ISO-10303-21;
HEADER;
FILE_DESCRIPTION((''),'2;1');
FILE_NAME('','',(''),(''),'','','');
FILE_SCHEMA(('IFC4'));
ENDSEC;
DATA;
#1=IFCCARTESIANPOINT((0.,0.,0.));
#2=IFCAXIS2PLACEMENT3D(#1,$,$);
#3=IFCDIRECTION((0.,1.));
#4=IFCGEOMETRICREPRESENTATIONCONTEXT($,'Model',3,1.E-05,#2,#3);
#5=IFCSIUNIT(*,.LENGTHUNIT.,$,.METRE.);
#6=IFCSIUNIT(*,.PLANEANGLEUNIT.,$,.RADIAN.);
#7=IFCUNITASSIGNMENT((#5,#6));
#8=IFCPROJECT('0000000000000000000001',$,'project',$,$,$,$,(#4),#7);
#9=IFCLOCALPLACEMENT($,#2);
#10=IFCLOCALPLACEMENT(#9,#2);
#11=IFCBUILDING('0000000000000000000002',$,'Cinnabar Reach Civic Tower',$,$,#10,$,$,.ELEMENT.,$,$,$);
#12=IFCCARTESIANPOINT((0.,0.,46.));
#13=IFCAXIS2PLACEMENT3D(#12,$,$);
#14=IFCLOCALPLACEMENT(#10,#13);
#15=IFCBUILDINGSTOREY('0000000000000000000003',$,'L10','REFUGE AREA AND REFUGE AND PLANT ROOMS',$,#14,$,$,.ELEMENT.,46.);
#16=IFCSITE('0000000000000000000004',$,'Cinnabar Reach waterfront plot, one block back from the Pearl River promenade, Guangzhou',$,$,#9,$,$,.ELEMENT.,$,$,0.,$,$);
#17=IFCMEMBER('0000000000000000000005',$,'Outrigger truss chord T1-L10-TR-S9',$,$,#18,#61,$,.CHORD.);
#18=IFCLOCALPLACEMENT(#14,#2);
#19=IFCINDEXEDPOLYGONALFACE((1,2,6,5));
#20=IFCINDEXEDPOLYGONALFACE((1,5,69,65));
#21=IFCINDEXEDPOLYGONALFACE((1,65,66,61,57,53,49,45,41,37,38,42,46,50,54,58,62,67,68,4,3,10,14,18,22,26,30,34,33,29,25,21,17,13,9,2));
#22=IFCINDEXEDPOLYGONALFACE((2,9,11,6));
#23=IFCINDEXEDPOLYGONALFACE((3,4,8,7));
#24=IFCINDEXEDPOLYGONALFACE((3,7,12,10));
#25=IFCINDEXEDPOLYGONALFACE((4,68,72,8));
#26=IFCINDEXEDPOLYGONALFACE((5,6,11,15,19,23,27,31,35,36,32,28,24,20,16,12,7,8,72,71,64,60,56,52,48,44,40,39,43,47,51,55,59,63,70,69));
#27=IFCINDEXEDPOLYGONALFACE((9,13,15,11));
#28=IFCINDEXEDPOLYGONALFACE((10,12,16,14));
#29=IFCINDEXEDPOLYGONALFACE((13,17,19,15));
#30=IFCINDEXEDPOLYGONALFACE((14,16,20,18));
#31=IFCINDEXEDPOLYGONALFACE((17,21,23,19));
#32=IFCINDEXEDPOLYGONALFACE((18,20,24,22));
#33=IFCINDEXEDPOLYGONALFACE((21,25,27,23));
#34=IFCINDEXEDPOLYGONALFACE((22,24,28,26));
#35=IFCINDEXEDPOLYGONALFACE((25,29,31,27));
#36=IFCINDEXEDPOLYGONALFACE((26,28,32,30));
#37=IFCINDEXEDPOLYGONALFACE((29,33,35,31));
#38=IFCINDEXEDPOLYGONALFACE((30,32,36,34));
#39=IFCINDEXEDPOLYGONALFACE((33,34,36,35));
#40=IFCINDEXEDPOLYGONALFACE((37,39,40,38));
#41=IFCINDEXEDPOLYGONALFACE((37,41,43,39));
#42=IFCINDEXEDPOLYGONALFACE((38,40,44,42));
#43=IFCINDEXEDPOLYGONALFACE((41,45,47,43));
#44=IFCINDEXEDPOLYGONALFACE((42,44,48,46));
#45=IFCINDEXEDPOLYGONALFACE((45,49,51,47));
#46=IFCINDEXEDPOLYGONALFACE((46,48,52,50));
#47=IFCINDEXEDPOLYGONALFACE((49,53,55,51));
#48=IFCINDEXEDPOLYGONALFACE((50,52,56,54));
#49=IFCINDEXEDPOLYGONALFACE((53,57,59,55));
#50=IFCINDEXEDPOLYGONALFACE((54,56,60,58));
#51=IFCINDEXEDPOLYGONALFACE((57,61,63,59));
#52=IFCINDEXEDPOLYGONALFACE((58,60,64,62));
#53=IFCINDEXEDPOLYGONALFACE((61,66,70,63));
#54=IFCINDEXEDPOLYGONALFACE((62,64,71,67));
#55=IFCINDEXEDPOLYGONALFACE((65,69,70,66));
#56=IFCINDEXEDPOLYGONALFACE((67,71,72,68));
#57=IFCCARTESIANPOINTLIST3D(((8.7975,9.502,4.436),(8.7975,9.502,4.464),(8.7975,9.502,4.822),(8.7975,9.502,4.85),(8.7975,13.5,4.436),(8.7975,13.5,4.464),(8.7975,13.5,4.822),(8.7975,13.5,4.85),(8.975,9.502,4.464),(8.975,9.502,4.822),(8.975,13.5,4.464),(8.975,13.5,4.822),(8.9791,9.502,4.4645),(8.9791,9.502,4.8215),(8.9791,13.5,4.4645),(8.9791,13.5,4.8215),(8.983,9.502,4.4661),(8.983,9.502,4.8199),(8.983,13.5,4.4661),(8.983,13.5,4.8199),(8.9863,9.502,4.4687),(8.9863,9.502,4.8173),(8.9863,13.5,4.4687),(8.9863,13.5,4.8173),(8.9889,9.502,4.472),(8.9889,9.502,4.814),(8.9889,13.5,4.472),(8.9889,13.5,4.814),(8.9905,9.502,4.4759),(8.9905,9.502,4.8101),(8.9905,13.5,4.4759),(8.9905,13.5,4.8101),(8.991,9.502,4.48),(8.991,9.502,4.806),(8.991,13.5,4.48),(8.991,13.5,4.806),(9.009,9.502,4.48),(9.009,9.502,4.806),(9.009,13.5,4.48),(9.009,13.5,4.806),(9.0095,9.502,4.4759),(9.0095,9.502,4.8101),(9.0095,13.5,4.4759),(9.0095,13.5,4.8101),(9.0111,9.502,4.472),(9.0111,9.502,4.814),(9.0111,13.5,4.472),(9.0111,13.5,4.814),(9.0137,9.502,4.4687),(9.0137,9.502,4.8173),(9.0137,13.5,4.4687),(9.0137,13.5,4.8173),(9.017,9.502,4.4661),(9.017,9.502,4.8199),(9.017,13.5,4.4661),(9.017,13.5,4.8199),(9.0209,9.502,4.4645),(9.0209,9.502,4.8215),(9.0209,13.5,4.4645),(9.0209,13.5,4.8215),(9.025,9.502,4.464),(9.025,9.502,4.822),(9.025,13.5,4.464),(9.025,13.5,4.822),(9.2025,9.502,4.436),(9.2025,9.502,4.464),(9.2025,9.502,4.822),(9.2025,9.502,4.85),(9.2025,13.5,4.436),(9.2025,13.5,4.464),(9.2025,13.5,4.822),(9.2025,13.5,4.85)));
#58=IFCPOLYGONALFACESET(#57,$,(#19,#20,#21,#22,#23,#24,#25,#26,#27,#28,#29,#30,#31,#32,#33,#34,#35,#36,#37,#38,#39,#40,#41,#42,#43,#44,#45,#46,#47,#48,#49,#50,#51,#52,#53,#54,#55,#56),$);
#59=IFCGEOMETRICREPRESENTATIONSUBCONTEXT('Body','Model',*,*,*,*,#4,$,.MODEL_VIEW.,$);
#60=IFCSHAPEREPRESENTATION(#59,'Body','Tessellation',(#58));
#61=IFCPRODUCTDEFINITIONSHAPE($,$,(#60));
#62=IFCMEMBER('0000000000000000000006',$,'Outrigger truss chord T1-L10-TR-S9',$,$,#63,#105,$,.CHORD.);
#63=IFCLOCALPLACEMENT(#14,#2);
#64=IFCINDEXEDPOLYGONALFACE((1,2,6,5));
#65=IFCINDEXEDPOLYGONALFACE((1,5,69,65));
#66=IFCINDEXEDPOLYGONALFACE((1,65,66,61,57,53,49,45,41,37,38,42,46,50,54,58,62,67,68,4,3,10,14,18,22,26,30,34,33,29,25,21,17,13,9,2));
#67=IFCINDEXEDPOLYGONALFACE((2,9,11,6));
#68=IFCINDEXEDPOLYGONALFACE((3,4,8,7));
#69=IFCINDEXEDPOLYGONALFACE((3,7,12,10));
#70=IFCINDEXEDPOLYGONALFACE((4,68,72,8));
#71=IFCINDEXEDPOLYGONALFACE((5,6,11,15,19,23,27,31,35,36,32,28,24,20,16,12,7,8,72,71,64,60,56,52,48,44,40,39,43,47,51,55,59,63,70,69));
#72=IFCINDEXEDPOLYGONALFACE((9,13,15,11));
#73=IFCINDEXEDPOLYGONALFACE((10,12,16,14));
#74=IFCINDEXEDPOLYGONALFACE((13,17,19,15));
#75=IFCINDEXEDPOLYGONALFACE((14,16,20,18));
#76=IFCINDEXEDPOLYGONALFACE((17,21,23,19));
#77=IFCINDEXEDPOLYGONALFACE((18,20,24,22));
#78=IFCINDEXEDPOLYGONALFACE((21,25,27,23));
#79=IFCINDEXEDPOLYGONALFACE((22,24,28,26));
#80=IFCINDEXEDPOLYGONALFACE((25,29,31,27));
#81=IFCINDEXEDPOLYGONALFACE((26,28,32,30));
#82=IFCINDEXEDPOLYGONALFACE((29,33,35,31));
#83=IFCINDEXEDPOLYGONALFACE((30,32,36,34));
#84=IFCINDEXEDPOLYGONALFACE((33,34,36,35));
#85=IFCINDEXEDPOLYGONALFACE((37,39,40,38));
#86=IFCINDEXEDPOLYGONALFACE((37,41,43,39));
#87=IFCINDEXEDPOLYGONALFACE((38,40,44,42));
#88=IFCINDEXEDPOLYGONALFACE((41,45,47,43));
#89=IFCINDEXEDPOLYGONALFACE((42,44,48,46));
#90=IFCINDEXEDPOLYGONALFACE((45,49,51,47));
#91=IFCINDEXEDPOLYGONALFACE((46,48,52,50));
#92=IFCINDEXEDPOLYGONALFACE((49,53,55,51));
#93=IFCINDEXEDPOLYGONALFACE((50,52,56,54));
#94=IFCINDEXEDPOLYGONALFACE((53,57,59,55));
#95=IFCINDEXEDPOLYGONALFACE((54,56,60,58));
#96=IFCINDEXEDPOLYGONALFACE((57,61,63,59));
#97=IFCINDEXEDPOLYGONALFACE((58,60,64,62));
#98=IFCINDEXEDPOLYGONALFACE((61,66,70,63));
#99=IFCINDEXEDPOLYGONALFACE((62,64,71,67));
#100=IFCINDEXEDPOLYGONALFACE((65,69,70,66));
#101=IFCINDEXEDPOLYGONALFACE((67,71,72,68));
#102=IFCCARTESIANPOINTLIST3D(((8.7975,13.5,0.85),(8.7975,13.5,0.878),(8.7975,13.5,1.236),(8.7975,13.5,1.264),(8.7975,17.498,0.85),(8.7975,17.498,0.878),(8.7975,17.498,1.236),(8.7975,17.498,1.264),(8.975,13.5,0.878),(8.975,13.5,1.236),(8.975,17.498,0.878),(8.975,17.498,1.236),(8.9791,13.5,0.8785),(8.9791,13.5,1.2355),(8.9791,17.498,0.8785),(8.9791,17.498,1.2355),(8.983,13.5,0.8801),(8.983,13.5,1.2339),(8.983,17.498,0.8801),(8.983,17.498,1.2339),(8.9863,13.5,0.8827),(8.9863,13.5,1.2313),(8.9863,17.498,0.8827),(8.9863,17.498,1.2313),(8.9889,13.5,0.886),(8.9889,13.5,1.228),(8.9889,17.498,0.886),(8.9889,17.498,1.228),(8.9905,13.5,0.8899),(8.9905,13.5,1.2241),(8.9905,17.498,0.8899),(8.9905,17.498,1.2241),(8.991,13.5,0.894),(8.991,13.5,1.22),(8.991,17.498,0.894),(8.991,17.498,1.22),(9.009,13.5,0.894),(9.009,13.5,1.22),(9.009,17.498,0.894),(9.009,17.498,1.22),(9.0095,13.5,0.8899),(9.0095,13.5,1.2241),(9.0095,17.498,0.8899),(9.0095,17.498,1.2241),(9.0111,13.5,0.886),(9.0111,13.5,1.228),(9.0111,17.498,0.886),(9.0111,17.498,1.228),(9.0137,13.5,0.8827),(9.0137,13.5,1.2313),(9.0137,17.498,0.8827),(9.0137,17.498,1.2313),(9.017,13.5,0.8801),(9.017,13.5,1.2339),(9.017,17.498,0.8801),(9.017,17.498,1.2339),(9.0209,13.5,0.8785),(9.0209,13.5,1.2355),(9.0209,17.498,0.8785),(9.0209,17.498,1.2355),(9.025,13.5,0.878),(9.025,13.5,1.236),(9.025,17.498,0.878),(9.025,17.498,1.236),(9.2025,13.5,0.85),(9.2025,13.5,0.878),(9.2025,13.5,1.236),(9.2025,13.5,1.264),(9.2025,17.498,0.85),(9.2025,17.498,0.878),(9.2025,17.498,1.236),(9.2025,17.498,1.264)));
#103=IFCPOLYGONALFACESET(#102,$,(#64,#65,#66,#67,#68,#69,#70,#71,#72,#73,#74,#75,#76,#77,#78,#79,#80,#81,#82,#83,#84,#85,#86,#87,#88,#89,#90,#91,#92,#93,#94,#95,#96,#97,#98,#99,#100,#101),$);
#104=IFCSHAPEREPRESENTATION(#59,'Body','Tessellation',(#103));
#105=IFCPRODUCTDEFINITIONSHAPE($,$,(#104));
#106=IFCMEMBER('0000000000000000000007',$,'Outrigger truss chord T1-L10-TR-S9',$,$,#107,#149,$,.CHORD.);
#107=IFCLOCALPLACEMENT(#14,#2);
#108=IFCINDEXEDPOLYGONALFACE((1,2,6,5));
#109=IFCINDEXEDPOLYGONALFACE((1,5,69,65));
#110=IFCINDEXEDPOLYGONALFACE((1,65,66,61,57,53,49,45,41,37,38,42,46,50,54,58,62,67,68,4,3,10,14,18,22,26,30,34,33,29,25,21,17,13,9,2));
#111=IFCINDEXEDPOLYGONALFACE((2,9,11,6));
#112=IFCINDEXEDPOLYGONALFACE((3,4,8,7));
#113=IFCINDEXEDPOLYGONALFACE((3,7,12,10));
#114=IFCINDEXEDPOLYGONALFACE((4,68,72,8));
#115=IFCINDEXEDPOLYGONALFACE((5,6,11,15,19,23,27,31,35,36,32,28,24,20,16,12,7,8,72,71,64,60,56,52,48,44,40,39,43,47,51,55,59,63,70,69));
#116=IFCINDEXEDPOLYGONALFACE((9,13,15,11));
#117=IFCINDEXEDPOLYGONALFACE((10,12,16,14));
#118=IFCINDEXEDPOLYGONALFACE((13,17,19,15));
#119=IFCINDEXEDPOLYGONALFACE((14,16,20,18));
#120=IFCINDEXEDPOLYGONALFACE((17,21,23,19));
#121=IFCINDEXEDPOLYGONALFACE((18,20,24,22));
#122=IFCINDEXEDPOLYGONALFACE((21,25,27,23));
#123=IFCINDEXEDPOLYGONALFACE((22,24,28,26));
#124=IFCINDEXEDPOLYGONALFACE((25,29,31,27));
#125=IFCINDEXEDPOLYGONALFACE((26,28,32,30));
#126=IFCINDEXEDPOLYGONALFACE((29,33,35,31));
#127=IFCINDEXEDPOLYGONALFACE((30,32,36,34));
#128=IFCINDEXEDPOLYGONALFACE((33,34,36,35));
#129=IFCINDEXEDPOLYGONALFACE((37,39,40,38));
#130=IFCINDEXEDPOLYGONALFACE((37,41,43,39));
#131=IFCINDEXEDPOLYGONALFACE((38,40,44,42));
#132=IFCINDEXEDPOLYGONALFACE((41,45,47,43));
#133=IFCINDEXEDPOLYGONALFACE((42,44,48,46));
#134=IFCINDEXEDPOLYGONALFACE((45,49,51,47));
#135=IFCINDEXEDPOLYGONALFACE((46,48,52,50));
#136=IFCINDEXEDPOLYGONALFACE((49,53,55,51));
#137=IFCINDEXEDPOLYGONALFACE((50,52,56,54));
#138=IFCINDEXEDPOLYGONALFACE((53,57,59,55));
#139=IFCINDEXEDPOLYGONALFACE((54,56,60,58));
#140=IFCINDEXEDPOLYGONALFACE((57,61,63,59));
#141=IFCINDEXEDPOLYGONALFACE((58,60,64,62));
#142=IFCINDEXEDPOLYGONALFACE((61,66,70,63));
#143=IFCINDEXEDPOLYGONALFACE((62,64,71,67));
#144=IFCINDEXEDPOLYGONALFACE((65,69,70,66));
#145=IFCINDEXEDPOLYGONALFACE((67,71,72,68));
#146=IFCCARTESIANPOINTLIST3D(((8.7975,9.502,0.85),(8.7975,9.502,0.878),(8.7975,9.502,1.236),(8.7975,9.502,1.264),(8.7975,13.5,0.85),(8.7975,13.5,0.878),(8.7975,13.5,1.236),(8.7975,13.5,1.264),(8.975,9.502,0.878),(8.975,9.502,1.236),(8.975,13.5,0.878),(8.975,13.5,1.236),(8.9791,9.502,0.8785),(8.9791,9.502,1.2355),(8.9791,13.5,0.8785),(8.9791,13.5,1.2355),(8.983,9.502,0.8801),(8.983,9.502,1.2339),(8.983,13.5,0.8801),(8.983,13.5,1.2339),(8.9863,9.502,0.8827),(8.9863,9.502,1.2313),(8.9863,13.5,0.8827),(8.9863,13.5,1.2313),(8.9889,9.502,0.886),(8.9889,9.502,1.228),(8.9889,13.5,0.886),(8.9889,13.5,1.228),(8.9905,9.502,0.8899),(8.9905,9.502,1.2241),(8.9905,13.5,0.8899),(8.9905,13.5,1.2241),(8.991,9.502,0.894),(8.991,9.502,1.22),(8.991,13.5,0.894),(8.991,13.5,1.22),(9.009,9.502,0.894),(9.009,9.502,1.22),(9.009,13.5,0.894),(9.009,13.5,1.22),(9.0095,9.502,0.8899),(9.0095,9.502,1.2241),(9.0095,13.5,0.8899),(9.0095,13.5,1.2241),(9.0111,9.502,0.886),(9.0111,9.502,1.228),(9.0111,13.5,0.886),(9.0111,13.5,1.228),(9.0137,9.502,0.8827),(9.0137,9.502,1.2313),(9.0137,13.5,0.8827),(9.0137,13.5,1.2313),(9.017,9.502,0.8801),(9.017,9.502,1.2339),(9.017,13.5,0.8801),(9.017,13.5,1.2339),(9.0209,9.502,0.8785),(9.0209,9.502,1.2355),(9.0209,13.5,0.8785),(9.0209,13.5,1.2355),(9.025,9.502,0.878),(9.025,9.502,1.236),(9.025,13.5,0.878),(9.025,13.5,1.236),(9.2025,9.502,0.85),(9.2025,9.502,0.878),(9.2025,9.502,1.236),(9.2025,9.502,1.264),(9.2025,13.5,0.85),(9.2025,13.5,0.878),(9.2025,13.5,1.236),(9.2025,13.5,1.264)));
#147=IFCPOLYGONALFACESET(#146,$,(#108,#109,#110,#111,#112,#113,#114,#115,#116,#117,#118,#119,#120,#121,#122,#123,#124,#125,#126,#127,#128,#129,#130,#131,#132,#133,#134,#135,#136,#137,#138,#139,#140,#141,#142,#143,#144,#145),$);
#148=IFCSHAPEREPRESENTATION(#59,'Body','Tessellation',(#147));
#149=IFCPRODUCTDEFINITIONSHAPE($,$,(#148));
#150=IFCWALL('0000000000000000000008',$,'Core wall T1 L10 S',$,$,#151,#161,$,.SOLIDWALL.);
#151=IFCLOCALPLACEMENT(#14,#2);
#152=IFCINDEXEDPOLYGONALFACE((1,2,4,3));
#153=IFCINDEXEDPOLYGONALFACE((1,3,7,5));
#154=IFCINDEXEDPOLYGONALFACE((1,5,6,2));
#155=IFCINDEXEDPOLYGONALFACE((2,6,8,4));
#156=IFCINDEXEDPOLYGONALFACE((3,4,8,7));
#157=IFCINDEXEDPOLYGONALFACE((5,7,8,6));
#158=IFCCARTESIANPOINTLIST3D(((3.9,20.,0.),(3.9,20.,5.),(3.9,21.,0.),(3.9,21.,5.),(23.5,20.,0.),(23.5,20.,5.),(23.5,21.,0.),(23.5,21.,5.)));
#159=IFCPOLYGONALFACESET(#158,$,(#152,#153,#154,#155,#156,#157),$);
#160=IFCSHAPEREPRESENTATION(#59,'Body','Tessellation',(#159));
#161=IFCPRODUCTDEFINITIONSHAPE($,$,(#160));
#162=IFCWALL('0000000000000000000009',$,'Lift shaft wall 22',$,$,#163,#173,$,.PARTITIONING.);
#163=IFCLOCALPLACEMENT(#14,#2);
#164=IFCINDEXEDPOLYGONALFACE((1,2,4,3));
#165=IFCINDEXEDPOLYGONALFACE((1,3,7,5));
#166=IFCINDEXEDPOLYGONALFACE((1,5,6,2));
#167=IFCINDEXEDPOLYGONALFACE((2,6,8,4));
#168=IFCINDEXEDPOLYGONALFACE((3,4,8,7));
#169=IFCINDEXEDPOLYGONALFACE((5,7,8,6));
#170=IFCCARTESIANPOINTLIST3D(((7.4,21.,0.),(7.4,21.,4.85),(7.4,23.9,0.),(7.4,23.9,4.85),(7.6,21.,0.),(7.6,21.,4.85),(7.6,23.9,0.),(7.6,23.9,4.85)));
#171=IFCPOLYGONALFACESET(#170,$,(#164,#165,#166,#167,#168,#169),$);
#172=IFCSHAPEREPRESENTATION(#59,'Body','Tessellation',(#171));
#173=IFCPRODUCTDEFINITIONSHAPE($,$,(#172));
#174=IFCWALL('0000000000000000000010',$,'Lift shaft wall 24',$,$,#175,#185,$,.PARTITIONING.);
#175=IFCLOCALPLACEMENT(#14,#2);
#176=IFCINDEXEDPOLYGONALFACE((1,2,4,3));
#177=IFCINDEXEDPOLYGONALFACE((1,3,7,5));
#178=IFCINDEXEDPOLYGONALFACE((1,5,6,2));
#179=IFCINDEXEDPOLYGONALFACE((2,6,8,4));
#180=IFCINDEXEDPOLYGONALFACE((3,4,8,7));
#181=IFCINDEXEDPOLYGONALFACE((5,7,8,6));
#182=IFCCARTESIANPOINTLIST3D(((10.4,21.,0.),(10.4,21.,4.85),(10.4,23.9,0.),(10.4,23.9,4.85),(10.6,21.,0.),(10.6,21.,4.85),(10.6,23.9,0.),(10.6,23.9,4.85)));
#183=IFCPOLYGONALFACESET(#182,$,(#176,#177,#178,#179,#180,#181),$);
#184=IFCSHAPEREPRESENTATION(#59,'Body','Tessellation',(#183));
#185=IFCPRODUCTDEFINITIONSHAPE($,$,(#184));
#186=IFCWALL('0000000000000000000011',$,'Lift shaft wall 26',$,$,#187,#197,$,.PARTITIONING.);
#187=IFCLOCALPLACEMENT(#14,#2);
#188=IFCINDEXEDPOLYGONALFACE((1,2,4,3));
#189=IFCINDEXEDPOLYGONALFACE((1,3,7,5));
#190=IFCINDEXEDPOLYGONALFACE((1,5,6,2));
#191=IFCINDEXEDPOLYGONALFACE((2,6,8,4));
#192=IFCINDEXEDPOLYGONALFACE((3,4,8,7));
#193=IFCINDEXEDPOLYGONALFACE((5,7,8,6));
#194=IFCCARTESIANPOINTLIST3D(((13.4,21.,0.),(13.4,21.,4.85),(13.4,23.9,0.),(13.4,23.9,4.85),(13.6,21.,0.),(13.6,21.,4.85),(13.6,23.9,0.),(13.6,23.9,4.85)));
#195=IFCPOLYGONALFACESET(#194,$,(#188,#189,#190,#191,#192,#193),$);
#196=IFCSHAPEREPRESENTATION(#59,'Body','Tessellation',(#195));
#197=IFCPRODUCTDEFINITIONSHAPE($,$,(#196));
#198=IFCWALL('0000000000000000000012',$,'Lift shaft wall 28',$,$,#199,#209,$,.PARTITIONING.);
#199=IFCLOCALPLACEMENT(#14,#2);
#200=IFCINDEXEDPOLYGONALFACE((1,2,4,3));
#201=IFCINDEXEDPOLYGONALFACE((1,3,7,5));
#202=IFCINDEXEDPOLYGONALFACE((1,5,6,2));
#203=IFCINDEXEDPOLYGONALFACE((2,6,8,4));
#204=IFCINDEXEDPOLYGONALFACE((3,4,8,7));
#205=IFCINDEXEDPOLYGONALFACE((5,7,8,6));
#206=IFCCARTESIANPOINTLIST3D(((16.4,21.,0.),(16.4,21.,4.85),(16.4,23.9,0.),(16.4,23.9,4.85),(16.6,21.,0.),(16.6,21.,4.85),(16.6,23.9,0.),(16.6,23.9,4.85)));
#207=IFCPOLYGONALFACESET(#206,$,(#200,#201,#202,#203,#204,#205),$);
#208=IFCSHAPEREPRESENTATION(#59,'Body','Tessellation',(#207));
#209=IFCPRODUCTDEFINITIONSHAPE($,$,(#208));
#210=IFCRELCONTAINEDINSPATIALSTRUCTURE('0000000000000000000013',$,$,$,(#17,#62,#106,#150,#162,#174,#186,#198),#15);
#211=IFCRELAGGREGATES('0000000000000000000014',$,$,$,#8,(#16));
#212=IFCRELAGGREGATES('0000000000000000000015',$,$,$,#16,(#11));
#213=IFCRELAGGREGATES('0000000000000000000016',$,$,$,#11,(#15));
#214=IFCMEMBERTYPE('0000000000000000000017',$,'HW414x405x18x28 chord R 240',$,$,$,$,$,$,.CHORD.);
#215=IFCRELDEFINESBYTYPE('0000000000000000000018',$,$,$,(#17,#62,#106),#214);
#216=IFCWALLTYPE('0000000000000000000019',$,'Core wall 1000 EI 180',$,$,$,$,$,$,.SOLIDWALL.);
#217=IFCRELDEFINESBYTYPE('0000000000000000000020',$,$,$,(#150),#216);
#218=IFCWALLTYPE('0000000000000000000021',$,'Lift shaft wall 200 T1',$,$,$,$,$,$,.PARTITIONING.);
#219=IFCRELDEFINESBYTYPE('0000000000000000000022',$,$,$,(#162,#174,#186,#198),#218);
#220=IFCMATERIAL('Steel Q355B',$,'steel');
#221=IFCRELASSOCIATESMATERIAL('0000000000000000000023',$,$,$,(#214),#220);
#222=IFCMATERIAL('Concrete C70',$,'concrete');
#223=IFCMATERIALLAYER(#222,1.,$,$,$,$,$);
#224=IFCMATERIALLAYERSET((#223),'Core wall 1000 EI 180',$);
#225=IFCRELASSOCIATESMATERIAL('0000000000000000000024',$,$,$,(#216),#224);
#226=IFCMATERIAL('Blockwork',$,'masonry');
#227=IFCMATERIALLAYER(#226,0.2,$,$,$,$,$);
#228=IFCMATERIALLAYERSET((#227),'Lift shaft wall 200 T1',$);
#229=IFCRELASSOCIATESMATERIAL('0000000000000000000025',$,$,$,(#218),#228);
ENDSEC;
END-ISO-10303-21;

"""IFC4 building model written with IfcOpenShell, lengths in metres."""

from ifc_helpers import new_model, si_unit, direction, frame, frame_2d, origin, origin_2d, place, context, subcontext, project, spatial, rectangle, i_section, extrude, material, layer, layer_set, material_profile, profile_set, type_object, element, save


model = new_model("IFC4")

# Units and contexts
model_context = context("Model", 3, precision=1e-05, world=origin(), true_north=direction((0.0, 1.0)))
body_context = subcontext(model_context, "Body", "Model", "MODEL_VIEW")
ifc_project = project(units=[si_unit("LENGTHUNIT", "METRE"), si_unit("PLANEANGLEUNIT", "RADIAN")], contexts=[model_context])

# Site, building, storey
site_placement = place(None, origin())
site = spatial("IfcSite", under=ifc_project, at=site_placement, Name="Cinnabar Reach waterfront plot, one block back from the Pearl River promenade, Guangzhou", CompositionType="ELEMENT", RefElevation=0.0)
building_placement = place(site_placement, origin())
building = spatial("IfcBuilding", under=site, at=building_placement, Name="Cinnabar Reach Civic Tower", CompositionType="ELEMENT")
storey_placement = place(building_placement, frame((0.0, 0.0, 46.0)))
storey = spatial("IfcBuildingStorey", under=building, at=storey_placement, Name="L10", Description="REFUGE AREA AND REFUGE AND PLANT ROOMS", CompositionType="ELEMENT", Elevation=46.0)

# Shared definitions
ifc_material_1 = material(Name="Concrete C70", Category="concrete")

# Shared definitions
ifc_material_2 = material(Name="Steel Q355B", Category="steel")

# Members
ifc_material_profile_1 = material_profile(ifc_material_2, i_section(OverallWidth=0.405, OverallDepth=0.414, WebThickness=0.018, FlangeThickness=0.028, FilletRadius=0.016, at=origin_2d()), Name="HW414x405x18x28")
ifc_profile_set_1 = profile_set([ifc_material_profile_1], Name="Steel Q355B")
member_type_1 = type_object("IfcMemberType", Name="HW414x405x18x28 chord R 240", PredefinedType="CHORD", material=ifc_profile_set_1)
for number, where, z_axis, x_axis, name in (
    (1, (9.0, 13.5, 4.643), (0.0, -1.0, 0.0), (1.0, 0.0, 0.0), "Outrigger truss chord T1-L10-TR-S9"),
    (2, (9.0, 17.498, 1.057), (0.0, -1.0, 0.0), (1.0, 0.0, 0.0), "Outrigger truss chord T1-L10-TR-S9"),
    (3, (9.0, 13.5, 1.057), (0.0, -1.0, 0.0), (1.0, 0.0, 0.0), "Outrigger truss chord T1-L10-TR-S9"),
):
    element("IfcMember", number, at=place(storey_placement, frame(where, z_axis=z_axis, x_axis=x_axis)), inside=storey, type_object=member_type_1, Name=name, PredefinedType="CHORD", context=body_context, shape_type="SweptSolid", body=[
        extrude(i_section(OverallWidth=0.405, OverallDepth=0.414, WebThickness=0.018, FlangeThickness=0.028, FilletRadius=0.016, at=origin_2d()), origin(), (0.0, 0.0, 1.0), 3.998),
    ])

# Walls
ifc_layer_1 = layer(ifc_material_1, 1.0)
ifc_layer_set_1 = layer_set([ifc_layer_1], Name="Core wall 1000 EI 180")
wall_type_1 = type_object("IfcWallType", Name="Core wall 1000 EI 180", PredefinedType="SOLIDWALL", material=ifc_layer_set_1)
wall_1_placement = place(storey_placement, frame((3.9, 20.5, 0.0), z_axis=(0.0, 0.0, 1.0), x_axis=(1.0, 0.0, 0.0)))
element("IfcWall", 4, at=wall_1_placement, inside=storey, type_object=wall_type_1, Name="Core wall T1 L10 S", PredefinedType="SOLIDWALL", context=body_context, shape_type="SweptSolid", body=[
    extrude(rectangle(XDim=19.6, YDim=1.0, at=frame_2d((9.8, 0.0))), origin(), (0.0, 0.0, 1.0), 5.0),
])
ifc_material_3 = material(Name="Blockwork", Category="masonry")
ifc_layer_2 = layer(ifc_material_3, 0.2)
ifc_layer_set_2 = layer_set([ifc_layer_2], Name="Lift shaft wall 200 T1")
wall_type_2 = type_object("IfcWallType", Name="Lift shaft wall 200 T1", PredefinedType="PARTITIONING", material=ifc_layer_set_2)
for number, where, z_axis, x_axis, name in (
    (5, (7.5, 21.0, 0.0), (0.0, 0.0, 1.0), (0.0, 1.0, 0.0), "Lift shaft wall 22"),
    (6, (10.5, 21.0, 0.0), (0.0, 0.0, 1.0), (0.0, 1.0, 0.0), "Lift shaft wall 24"),
    (7, (13.5, 21.0, 0.0), (0.0, 0.0, 1.0), (0.0, 1.0, 0.0), "Lift shaft wall 26"),
    (8, (16.5, 21.0, 0.0), (0.0, 0.0, 1.0), (0.0, 1.0, 0.0), "Lift shaft wall 28"),
):
    element("IfcWall", number, at=place(storey_placement, frame(where, z_axis=z_axis, x_axis=x_axis)), inside=storey, type_object=wall_type_2, Name=name, PredefinedType="PARTITIONING", context=body_context, shape_type="SweptSolid", body=[
        extrude(rectangle(XDim=2.9, YDim=0.2, at=frame_2d((1.45, 0.0))), origin(), (0.0, 0.0, 1.0), 4.85),
    ])

save(model, "model.ifc")
